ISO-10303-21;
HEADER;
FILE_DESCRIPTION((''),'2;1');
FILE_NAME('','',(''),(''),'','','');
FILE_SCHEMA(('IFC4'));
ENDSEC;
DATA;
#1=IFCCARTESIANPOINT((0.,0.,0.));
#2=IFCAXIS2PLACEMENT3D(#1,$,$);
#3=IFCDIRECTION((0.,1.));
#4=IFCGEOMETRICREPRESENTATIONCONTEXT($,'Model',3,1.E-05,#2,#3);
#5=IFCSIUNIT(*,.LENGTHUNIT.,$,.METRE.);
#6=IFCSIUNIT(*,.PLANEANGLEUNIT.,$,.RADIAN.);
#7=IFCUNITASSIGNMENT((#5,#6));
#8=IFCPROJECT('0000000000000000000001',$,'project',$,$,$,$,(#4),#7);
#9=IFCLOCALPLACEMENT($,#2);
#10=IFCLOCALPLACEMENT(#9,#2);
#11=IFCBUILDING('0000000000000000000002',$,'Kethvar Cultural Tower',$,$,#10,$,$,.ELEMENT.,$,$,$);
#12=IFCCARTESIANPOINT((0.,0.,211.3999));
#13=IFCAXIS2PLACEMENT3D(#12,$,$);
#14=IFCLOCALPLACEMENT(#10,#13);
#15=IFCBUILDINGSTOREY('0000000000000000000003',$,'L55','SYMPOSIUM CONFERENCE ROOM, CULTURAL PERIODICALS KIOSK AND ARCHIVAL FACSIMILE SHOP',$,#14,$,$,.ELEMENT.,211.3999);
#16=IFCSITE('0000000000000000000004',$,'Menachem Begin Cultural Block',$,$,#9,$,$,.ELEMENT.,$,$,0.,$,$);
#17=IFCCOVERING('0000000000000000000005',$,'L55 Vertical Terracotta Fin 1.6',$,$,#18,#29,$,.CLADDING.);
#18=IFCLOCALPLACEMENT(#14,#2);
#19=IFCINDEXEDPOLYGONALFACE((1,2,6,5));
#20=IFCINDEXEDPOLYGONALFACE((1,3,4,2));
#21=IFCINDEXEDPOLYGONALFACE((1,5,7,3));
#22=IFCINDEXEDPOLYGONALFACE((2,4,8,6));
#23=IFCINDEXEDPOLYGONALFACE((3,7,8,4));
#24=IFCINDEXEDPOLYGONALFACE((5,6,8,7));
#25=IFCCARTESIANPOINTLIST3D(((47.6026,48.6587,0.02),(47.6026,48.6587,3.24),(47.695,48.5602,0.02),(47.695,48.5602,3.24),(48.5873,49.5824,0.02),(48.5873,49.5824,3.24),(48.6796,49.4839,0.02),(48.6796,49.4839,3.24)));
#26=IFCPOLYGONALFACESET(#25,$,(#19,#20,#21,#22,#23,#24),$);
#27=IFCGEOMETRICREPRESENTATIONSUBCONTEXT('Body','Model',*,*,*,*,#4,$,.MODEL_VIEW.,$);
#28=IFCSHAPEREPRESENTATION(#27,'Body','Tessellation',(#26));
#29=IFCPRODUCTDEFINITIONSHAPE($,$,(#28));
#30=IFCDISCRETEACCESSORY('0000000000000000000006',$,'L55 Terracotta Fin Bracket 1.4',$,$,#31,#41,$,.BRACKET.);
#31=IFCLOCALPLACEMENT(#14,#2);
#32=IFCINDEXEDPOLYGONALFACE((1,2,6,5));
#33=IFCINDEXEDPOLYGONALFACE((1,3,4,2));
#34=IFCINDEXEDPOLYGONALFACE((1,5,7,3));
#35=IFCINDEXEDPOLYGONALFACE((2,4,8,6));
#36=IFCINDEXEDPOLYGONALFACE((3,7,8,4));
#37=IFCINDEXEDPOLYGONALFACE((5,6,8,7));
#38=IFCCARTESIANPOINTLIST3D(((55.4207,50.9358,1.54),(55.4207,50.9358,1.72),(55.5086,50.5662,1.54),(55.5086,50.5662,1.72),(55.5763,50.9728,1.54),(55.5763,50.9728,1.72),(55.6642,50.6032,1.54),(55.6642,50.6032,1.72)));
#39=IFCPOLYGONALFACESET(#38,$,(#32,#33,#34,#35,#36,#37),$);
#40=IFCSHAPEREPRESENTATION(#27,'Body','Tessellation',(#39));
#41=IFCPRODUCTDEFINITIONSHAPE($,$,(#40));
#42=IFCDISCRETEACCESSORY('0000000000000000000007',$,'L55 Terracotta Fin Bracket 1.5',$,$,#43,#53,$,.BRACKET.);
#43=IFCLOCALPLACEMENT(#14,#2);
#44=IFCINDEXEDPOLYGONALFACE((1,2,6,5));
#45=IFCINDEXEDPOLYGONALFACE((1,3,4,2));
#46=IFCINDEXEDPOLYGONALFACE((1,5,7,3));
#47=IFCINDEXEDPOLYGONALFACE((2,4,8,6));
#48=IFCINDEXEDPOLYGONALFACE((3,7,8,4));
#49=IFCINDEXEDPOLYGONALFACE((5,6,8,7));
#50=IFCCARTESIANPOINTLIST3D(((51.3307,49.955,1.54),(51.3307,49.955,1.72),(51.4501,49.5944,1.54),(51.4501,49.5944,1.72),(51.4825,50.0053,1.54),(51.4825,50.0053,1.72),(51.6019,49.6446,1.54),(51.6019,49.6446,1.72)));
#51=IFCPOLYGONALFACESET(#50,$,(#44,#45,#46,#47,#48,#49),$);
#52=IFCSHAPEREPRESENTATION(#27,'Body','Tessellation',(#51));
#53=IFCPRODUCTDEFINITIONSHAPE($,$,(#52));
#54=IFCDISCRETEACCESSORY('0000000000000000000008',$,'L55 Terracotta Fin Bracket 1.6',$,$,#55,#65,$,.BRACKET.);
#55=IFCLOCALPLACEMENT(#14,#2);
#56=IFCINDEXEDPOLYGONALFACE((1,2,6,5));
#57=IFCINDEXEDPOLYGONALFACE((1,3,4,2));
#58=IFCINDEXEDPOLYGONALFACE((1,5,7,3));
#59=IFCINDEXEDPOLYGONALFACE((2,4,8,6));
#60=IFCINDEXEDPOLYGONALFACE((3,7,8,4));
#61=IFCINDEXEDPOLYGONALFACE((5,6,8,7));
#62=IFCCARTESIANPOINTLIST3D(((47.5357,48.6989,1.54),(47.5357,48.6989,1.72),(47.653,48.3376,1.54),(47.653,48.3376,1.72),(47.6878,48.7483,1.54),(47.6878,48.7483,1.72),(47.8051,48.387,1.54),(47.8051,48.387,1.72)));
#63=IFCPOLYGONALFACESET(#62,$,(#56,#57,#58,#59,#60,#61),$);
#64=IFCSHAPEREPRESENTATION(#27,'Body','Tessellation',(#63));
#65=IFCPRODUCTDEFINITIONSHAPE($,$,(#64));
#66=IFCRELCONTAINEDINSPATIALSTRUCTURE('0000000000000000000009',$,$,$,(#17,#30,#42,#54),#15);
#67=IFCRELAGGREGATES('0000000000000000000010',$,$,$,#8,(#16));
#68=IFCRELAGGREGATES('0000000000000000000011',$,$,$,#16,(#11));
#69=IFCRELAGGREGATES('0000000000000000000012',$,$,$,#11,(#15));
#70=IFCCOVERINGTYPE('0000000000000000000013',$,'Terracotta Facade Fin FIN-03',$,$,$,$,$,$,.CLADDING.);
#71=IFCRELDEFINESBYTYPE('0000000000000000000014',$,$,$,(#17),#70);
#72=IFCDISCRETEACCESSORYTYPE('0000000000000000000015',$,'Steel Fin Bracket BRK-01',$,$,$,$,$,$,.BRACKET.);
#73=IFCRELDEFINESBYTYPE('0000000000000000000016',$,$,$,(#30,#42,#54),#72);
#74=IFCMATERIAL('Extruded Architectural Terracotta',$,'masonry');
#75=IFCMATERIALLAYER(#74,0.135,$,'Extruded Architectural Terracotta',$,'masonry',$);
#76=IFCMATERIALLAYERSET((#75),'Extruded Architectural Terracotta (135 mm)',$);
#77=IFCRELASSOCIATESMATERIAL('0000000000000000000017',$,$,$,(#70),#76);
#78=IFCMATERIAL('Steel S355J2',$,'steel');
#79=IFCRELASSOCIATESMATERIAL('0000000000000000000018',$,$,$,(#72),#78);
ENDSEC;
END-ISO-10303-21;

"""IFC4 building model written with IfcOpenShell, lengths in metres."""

from ifc_helpers import new_model, si_unit, direction, frame, origin, origin_2d, place, context, subcontext, project, spatial, rectangle, extrude, source, transform, mapped, material, layer, layer_set, type_object, element, save


model = new_model("IFC4")

# Units and contexts
model_context = context("Model", 3, precision=1e-05, world=origin(), true_north=direction((0.0, 1.0)))
body_context = subcontext(model_context, "Body", "Model", "MODEL_VIEW")
ifc_project = project(units=[si_unit("LENGTHUNIT", "METRE"), si_unit("PLANEANGLEUNIT", "RADIAN")], contexts=[model_context])

# Site, building, storey
site_placement = place(None, origin())
site = spatial("IfcSite", under=ifc_project, at=site_placement, Name="Menachem Begin Cultural Block", CompositionType="ELEMENT", RefElevation=0.0)
building_placement = place(site_placement, origin())
building = spatial("IfcBuilding", under=site, at=building_placement, Name="Kethvar Cultural Tower", CompositionType="ELEMENT")
storey_placement = place(building_placement, frame((0.0, 0.0, 211.3999)))
storey = spatial("IfcBuildingStorey", under=building, at=storey_placement, Name="L55", Description="SYMPOSIUM CONFERENCE ROOM, CULTURAL PERIODICALS KIOSK AND ARCHIVAL FACSIMILE SHOP", CompositionType="ELEMENT", Elevation=211.3999)

# Shared definitions
ifc_material_1 = material(Name="Steel S355J2", Category="steel")

# Covering
ifc_material_2 = material(Name="Extruded Architectural Terracotta", Category="masonry")
ifc_layer_1 = layer(ifc_material_2, 0.135, Name="Extruded Architectural Terracotta", Category="masonry")
ifc_layer_set_1 = layer_set([ifc_layer_1], Name="Extruded Architectural Terracotta (135 mm)")
covering_type_1 = type_object("IfcCoveringType", Name="Terracotta Facade Fin FIN-03", PredefinedType="CLADDING", material=ifc_layer_set_1)
shared_shape_1 = source(origin(), body_context, "Body", "SweptSolid", [
    extrude(rectangle(XDim=1.3501, YDim=0.135, at=origin_2d()), origin(), (0.0, 0.0, 1.0), 3.22),
])
for number, where, z_axis, x_axis, name in (
    (1, (48.1411, 49.0713, 0.02), (0.0, 0.0, 1.0), (0.729327, 0.684165, 0.0), "L55 Vertical Terracotta Fin 1.6"),
):
    element("IfcCovering", number, at=place(storey_placement, frame(where, z_axis=z_axis, x_axis=x_axis)), inside=storey, type_object=covering_type_1, Name=name, PredefinedType="CLADDING", context=body_context, shape_type="MappedRepresentation", body=[
        mapped(shared_shape_1, transform((0.0, 0.0, 0.0), scale=1.0)),
    ])

# Discrete accessories
discrete_accessory_type = type_object("IfcDiscreteAccessoryType", Name="Steel Fin Bracket BRK-01", PredefinedType="BRACKET", material=ifc_material_1)
shared_shape_2 = source(origin(), body_context, "Body", "SweptSolid", [
    extrude(rectangle(XDim=0.3799, YDim=0.1599, at=origin_2d()), origin(), (0.0, 0.0, 1.0), 0.1799),
])
for number, where, z_axis, x_axis, name in (
    (2, (55.5425, 50.7695, 1.54), (0.0, 0.0, 1.0), (-0.231408, 0.972857, 0.0), "L55 Terracotta Fin Bracket 1.4"),
    (3, (51.4663, 49.7998, 1.54), (0.0, 0.0, 1.0), (-0.314324, 0.949316, 0.0), "L55 Terracotta Fin Bracket 1.5"),
    (4, (47.6704, 48.543, 1.54), (0.0, 0.0, 1.0), (-0.308851, 0.95111, 0.0), "L55 Terracotta Fin Bracket 1.6"),
):
    element("IfcDiscreteAccessory", number, at=place(storey_placement, frame(where, z_axis=z_axis, x_axis=x_axis)), inside=storey, type_object=discrete_accessory_type, Name=name, PredefinedType="BRACKET", context=body_context, shape_type="MappedRepresentation", body=[
        mapped(shared_shape_2, transform((0.0, 0.0, 0.0), scale=1.0)),
    ])

save(model, "model.ifc")
